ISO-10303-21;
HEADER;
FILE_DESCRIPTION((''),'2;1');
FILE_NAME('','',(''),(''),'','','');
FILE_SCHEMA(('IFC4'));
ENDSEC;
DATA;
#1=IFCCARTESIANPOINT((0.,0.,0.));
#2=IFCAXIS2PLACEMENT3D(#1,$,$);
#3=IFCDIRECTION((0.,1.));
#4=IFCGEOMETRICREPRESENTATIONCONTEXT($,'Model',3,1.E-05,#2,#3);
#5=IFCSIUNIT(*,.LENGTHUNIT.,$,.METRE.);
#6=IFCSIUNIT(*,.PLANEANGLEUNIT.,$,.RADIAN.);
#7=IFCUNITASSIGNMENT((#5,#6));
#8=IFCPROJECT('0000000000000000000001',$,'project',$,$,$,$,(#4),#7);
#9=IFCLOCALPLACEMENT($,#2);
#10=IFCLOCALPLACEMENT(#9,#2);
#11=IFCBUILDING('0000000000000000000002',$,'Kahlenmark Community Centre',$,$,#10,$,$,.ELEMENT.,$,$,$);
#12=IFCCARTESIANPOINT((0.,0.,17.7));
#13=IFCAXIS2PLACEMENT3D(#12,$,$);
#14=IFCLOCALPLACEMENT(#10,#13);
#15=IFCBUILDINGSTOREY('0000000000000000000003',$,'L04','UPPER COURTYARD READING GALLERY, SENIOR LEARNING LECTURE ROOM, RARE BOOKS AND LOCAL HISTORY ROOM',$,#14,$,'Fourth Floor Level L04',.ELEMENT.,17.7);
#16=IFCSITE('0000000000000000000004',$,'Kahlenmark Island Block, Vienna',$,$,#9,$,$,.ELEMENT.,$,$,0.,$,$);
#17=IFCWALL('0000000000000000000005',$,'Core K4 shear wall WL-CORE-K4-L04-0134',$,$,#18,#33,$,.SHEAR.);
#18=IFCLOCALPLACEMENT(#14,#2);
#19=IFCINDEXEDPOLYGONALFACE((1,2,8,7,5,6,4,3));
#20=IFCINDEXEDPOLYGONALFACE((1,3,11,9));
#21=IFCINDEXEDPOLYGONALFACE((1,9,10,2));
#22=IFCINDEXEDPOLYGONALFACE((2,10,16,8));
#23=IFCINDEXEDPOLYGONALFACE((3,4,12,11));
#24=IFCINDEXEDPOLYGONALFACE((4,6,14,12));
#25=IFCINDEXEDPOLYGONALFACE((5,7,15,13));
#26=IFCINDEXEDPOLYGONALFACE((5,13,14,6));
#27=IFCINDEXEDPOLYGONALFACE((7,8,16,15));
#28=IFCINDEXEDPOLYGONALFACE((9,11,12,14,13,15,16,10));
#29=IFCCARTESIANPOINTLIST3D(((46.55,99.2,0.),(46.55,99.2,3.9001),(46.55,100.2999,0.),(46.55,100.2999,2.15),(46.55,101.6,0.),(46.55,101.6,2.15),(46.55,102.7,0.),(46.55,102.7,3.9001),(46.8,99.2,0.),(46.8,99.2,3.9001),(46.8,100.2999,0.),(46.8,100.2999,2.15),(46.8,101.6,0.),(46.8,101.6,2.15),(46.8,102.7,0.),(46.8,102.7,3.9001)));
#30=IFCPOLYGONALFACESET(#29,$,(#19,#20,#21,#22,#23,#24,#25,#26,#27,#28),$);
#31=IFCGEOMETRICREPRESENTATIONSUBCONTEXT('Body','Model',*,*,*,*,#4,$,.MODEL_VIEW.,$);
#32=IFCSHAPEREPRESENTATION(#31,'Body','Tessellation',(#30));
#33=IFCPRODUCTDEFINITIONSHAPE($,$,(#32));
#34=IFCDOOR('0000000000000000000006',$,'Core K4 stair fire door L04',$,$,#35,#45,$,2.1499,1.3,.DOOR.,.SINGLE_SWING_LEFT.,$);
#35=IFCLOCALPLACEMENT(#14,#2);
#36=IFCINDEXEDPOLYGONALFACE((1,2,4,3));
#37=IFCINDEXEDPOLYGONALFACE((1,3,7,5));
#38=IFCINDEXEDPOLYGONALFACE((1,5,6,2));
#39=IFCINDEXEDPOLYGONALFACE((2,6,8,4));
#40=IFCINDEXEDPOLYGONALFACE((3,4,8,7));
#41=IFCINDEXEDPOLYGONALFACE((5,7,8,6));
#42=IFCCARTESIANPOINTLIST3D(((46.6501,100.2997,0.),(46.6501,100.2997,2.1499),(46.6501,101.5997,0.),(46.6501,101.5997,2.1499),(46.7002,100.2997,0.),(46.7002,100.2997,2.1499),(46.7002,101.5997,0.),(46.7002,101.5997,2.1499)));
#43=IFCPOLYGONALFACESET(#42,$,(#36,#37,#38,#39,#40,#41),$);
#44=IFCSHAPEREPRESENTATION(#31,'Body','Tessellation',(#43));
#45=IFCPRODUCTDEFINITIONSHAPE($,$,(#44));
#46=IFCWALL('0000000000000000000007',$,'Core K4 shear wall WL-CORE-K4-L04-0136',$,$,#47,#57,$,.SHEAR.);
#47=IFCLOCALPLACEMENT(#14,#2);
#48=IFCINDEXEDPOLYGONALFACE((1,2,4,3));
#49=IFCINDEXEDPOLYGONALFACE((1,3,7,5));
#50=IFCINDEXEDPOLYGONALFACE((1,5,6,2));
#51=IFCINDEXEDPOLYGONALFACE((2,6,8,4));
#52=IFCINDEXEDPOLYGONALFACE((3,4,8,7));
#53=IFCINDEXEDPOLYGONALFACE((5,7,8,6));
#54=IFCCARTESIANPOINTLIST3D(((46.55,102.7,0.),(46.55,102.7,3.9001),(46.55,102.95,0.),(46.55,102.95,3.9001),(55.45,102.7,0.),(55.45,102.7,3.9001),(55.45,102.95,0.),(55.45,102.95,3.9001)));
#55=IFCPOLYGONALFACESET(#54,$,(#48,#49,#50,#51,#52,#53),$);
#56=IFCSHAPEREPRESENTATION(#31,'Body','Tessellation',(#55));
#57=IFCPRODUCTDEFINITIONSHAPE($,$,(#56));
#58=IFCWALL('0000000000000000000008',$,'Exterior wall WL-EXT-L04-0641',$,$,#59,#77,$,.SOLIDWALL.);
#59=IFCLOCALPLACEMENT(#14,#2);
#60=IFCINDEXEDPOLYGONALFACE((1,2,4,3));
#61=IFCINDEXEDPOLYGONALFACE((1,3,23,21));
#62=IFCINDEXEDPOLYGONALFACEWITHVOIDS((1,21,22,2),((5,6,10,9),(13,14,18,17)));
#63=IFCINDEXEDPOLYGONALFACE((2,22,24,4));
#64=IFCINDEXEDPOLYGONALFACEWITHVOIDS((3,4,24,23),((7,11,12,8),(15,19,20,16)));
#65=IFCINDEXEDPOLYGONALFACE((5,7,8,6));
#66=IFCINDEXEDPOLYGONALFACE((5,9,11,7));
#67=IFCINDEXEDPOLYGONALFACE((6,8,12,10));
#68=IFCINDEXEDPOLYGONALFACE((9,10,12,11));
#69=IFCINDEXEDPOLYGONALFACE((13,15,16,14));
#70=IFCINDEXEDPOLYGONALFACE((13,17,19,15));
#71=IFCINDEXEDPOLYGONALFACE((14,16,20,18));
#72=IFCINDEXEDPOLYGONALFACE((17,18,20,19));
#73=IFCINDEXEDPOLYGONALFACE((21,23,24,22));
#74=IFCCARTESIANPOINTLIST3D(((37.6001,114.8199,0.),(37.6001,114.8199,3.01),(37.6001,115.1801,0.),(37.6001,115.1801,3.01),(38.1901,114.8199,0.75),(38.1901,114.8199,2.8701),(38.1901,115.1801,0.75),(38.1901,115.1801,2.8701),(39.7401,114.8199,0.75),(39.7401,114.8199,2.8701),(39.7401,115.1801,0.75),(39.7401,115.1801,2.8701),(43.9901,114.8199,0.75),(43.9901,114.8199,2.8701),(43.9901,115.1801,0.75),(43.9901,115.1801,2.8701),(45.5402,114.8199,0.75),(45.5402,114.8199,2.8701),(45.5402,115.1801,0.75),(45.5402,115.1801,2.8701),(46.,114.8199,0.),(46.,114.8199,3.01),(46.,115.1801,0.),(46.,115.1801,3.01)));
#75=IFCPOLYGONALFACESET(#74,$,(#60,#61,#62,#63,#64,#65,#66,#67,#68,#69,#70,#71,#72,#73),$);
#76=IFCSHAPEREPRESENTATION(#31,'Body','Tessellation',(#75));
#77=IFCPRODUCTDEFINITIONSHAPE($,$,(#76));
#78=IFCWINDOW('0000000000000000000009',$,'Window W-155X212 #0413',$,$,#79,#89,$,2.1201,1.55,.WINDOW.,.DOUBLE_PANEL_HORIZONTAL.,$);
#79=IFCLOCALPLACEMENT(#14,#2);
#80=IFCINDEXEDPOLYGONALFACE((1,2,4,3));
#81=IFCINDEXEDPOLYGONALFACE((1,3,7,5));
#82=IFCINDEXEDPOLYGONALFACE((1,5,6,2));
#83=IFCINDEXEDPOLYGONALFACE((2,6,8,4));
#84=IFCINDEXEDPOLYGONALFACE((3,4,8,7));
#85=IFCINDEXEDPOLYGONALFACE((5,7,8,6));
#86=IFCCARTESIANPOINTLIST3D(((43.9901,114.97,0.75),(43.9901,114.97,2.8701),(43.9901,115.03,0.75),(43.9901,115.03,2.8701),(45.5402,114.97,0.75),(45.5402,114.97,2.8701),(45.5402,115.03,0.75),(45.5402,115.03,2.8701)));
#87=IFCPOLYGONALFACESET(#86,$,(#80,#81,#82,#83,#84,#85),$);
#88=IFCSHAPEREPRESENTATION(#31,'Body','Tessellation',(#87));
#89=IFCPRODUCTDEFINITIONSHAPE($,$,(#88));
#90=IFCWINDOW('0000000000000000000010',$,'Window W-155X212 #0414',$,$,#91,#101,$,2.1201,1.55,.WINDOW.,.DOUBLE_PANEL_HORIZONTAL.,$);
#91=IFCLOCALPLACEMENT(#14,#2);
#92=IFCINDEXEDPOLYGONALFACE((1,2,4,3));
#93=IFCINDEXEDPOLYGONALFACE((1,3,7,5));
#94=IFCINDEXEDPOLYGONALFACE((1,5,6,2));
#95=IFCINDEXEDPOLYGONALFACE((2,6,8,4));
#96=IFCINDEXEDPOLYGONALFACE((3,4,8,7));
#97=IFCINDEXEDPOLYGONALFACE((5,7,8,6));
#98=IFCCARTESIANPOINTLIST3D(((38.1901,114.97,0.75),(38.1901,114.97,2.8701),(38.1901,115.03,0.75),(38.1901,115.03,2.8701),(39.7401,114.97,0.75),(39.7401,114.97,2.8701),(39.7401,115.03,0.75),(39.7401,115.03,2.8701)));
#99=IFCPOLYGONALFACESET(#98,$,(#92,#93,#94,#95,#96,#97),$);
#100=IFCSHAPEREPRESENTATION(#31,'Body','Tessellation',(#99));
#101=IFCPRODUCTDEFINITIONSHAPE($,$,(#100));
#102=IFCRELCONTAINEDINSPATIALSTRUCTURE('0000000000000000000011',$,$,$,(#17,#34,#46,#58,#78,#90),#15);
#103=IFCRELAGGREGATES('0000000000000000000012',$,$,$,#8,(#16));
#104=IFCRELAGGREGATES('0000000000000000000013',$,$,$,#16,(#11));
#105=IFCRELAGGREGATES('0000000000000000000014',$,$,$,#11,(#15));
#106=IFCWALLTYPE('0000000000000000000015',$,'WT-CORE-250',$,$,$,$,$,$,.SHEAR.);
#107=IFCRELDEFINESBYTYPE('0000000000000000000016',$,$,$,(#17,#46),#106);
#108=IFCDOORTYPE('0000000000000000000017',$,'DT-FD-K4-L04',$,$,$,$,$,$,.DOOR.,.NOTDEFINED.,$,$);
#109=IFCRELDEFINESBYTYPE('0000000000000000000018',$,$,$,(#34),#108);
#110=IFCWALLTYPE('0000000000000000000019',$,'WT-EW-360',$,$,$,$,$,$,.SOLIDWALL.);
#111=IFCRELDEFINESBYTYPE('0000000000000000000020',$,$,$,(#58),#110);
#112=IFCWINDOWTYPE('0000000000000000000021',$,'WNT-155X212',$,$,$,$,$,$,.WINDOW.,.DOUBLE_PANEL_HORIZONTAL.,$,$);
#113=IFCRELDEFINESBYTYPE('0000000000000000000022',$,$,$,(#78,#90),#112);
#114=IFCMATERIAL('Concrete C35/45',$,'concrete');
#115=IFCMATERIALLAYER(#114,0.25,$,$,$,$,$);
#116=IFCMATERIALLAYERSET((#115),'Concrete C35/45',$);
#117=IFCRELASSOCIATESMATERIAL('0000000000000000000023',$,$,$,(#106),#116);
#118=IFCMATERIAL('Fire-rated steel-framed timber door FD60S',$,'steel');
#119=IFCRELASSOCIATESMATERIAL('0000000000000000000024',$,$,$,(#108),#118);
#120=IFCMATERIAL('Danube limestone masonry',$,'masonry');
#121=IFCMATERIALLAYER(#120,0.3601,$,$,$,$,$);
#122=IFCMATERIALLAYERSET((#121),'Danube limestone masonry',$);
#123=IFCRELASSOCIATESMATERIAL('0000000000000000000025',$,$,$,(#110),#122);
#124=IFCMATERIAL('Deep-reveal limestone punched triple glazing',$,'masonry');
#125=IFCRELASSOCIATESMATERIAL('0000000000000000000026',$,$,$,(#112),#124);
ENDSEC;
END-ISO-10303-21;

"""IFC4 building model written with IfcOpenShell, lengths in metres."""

from ifc_helpers import new_model, si_unit, direction, frame, frame_2d, origin, place, context, subcontext, project, spatial, rectangle, extrude, material, layer, layer_set, type_object, element, fill, save


model = new_model("IFC4")

# Units and contexts
model_context = context("Model", 3, precision=1e-05, world=origin(), true_north=direction((0.0, 1.0)))
body_context = subcontext(model_context, "Body", "Model", "MODEL_VIEW")
ifc_project = project(units=[si_unit("LENGTHUNIT", "METRE"), si_unit("PLANEANGLEUNIT", "RADIAN")], contexts=[model_context])

# Site, building, storey
site_placement = place(None, origin())
site = spatial("IfcSite", under=ifc_project, at=site_placement, Name="Kahlenmark Island Block, Vienna", CompositionType="ELEMENT", RefElevation=0.0)
building_placement = place(site_placement, origin())
building = spatial("IfcBuilding", under=site, at=building_placement, Name="Kahlenmark Community Centre", CompositionType="ELEMENT")
storey_placement = place(building_placement, frame((0.0, 0.0, 17.7)))
storey = spatial("IfcBuildingStorey", under=building, at=storey_placement, Name="L04", Description="UPPER COURTYARD READING GALLERY, SENIOR LEARNING LECTURE ROOM, RARE BOOKS AND LOCAL HISTORY ROOM", LongName="Fourth Floor Level L04", CompositionType="ELEMENT", Elevation=17.7)

# Wall, opening, door
ifc_material_1 = material(Name="Concrete C35/45", Category="concrete")
ifc_layer_1 = layer(ifc_material_1, 0.25)
ifc_layer_set_1 = layer_set([ifc_layer_1], Name="Concrete C35/45")
wall_type_1 = type_object("IfcWallType", Name="WT-CORE-250", PredefinedType="SHEAR", material=ifc_layer_set_1)
wall_1_placement = place(storey_placement, frame((46.675, 102.7, 0.0), z_axis=(0.0, 0.0, 1.0), x_axis=(0.0, -1.0, 0.0)))
wall_1 = element("IfcWall", 1, at=wall_1_placement, inside=storey, type_object=wall_type_1, Name="Core K4 shear wall WL-CORE-K4-L04-0134", PredefinedType="SHEAR", context=body_context, shape_type="SweptSolid", body=[
    extrude(rectangle(XDim=3.5, YDim=0.25, at=frame_2d((1.75, 0.0))), origin(), (0.0, 0.0, 1.0), 3.9001),
])
opening_1_placement = place(wall_1_placement, frame((1.1001, 0.0, -0.01)))
opening_1 = element("IfcOpeningElement", 2, at=opening_1_placement, cuts=wall_1, PredefinedType="OPENING", context=body_context, shape_type="SweptSolid", body=[
    extrude(rectangle(XDim=1.3, YDim=2.1599, at=frame_2d((0.6499, 1.0801))), frame((0.0, 0.135, 0.0), z_axis=(0.0, -1.0, 0.0), x_axis=(1.0, 0.0, 0.0)), (0.0, 0.0, 1.0), 0.27),
])
ifc_material_2 = material(Name="Fire-rated steel-framed timber door FD60S", Category="steel")
door_type = type_object("IfcDoorType", Name="DT-FD-K4-L04", OperationType="NOTDEFINED", PredefinedType="DOOR", material=ifc_material_2)
door_placement = place(opening_1_placement, frame((1.3, 0.0, 0.01), z_axis=(0.0, 0.0, 1.0), x_axis=(-1.0, 0.0, 0.0)))
door = element("IfcDoor", 3, at=door_placement, inside=storey, type_object=door_type, Name="Core K4 stair fire door L04", OperationType="SINGLE_SWING_LEFT", OverallHeight=2.1499, OverallWidth=1.3, PredefinedType="DOOR", context=body_context, shape_type="SweptSolid", body=[
    extrude(rectangle(XDim=1.3, YDim=2.1499, at=frame_2d((0.6499, 1.075))), frame((0.0, 0.0249, 0.0), z_axis=(0.0, -1.0, 0.0), x_axis=(1.0, 0.0, 0.0)), (0.0, 0.0, 1.0), 0.05),
])
fill(opening_1, door)

# Wall
wall_2_placement = place(storey_placement, frame((46.55, 102.825, 0.0), z_axis=(0.0, 0.0, 1.0), x_axis=(1.0, 0.0, 0.0)))
element("IfcWall", 4, at=wall_2_placement, inside=storey, type_object=wall_type_1, Name="Core K4 shear wall WL-CORE-K4-L04-0136", PredefinedType="SHEAR", context=body_context, shape_type="SweptSolid", body=[
    extrude(rectangle(XDim=8.8999, YDim=0.25, at=frame_2d((4.45, 0.0))), origin(), (0.0, 0.0, 1.0), 3.9001),
])

# Wall, openings, windows
ifc_material_3 = material(Name="Danube limestone masonry", Category="masonry")
ifc_layer_2 = layer(ifc_material_3, 0.3601)
ifc_layer_set_2 = layer_set([ifc_layer_2], Name="Danube limestone masonry")
wall_type_2 = type_object("IfcWallType", Name="WT-EW-360", PredefinedType="SOLIDWALL", material=ifc_layer_set_2)
wall_3_placement = place(storey_placement, frame((46.0, 115.0, 0.0), z_axis=(0.0, 0.0, 1.0), x_axis=(-1.0, 0.0, 0.0)))
wall_3 = element("IfcWall", 5, at=wall_3_placement, inside=storey, type_object=wall_type_2, Name="Exterior wall WL-EXT-L04-0641", PredefinedType="SOLIDWALL", context=body_context, shape_type="SweptSolid", body=[
    extrude(rectangle(XDim=8.3999, YDim=0.3601, at=frame_2d((4.2, 0.0))), origin(), (0.0, 0.0, 1.0), 3.01),
])
opening_2_placement = place(wall_3_placement, frame((0.46, 0.0, 0.75)))
opening_2 = element("IfcOpeningElement", 6, at=opening_2_placement, cuts=wall_3, PredefinedType="OPENING", context=body_context, shape_type="SweptSolid", body=[
    extrude(rectangle(XDim=1.55, YDim=2.1201, at=frame_2d((0.7749, 1.0601))), frame((0.0, 0.1899, 0.0), z_axis=(0.0, -1.0, 0.0), x_axis=(1.0, 0.0, 0.0)), (0.0, 0.0, 1.0), 0.3801),
])
opening_3_placement = place(wall_3_placement, frame((6.26, 0.0, 0.75)))
opening_3 = element("IfcOpeningElement", 7, at=opening_3_placement, cuts=wall_3, PredefinedType="OPENING", context=body_context, shape_type="SweptSolid", body=[
    extrude(rectangle(XDim=1.55, YDim=2.1201, at=frame_2d((0.7749, 1.0601))), frame((0.0, 0.1899, 0.0), z_axis=(0.0, -1.0, 0.0), x_axis=(1.0, 0.0, 0.0)), (0.0, 0.0, 1.0), 0.3801),
])
ifc_material_4 = material(Name="Deep-reveal limestone punched triple glazing", Category="masonry")
window_type = type_object("IfcWindowType", Name="WNT-155X212", PartitioningType="DOUBLE_PANEL_HORIZONTAL", PredefinedType="WINDOW", material=ifc_material_4)
window_1_placement = place(opening_2_placement, origin())
window_1 = element("IfcWindow", 8, at=window_1_placement, inside=storey, type_object=window_type, Name="Window W-155X212 #0413", OverallHeight=2.1201, OverallWidth=1.55, PartitioningType="DOUBLE_PANEL_HORIZONTAL", PredefinedType="WINDOW", context=body_context, shape_type="SweptSolid", body=[
    extrude(rectangle(XDim=1.55, YDim=2.1201, at=frame_2d((0.7749, 1.0601))), frame((0.0, 0.03, 0.0), z_axis=(0.0, -1.0, 0.0), x_axis=(1.0, 0.0, 0.0)), (0.0, 0.0, 1.0), 0.0601),
])
fill(opening_2, window_1)
window_2_placement = place(opening_3_placement, origin())
window_2 = element("IfcWindow", 9, at=window_2_placement, inside=storey, type_object=window_type, Name="Window W-155X212 #0414", OverallHeight=2.1201, OverallWidth=1.55, PartitioningType="DOUBLE_PANEL_HORIZONTAL", PredefinedType="WINDOW", context=body_context, shape_type="SweptSolid", body=[
    extrude(rectangle(XDim=1.55, YDim=2.1201, at=frame_2d((0.7749, 1.0601))), frame((0.0, 0.03, 0.0), z_axis=(0.0, -1.0, 0.0), x_axis=(1.0, 0.0, 0.0)), (0.0, 0.0, 1.0), 0.0601),
])
fill(opening_3, window_2)

save(model, "model.ifc")
